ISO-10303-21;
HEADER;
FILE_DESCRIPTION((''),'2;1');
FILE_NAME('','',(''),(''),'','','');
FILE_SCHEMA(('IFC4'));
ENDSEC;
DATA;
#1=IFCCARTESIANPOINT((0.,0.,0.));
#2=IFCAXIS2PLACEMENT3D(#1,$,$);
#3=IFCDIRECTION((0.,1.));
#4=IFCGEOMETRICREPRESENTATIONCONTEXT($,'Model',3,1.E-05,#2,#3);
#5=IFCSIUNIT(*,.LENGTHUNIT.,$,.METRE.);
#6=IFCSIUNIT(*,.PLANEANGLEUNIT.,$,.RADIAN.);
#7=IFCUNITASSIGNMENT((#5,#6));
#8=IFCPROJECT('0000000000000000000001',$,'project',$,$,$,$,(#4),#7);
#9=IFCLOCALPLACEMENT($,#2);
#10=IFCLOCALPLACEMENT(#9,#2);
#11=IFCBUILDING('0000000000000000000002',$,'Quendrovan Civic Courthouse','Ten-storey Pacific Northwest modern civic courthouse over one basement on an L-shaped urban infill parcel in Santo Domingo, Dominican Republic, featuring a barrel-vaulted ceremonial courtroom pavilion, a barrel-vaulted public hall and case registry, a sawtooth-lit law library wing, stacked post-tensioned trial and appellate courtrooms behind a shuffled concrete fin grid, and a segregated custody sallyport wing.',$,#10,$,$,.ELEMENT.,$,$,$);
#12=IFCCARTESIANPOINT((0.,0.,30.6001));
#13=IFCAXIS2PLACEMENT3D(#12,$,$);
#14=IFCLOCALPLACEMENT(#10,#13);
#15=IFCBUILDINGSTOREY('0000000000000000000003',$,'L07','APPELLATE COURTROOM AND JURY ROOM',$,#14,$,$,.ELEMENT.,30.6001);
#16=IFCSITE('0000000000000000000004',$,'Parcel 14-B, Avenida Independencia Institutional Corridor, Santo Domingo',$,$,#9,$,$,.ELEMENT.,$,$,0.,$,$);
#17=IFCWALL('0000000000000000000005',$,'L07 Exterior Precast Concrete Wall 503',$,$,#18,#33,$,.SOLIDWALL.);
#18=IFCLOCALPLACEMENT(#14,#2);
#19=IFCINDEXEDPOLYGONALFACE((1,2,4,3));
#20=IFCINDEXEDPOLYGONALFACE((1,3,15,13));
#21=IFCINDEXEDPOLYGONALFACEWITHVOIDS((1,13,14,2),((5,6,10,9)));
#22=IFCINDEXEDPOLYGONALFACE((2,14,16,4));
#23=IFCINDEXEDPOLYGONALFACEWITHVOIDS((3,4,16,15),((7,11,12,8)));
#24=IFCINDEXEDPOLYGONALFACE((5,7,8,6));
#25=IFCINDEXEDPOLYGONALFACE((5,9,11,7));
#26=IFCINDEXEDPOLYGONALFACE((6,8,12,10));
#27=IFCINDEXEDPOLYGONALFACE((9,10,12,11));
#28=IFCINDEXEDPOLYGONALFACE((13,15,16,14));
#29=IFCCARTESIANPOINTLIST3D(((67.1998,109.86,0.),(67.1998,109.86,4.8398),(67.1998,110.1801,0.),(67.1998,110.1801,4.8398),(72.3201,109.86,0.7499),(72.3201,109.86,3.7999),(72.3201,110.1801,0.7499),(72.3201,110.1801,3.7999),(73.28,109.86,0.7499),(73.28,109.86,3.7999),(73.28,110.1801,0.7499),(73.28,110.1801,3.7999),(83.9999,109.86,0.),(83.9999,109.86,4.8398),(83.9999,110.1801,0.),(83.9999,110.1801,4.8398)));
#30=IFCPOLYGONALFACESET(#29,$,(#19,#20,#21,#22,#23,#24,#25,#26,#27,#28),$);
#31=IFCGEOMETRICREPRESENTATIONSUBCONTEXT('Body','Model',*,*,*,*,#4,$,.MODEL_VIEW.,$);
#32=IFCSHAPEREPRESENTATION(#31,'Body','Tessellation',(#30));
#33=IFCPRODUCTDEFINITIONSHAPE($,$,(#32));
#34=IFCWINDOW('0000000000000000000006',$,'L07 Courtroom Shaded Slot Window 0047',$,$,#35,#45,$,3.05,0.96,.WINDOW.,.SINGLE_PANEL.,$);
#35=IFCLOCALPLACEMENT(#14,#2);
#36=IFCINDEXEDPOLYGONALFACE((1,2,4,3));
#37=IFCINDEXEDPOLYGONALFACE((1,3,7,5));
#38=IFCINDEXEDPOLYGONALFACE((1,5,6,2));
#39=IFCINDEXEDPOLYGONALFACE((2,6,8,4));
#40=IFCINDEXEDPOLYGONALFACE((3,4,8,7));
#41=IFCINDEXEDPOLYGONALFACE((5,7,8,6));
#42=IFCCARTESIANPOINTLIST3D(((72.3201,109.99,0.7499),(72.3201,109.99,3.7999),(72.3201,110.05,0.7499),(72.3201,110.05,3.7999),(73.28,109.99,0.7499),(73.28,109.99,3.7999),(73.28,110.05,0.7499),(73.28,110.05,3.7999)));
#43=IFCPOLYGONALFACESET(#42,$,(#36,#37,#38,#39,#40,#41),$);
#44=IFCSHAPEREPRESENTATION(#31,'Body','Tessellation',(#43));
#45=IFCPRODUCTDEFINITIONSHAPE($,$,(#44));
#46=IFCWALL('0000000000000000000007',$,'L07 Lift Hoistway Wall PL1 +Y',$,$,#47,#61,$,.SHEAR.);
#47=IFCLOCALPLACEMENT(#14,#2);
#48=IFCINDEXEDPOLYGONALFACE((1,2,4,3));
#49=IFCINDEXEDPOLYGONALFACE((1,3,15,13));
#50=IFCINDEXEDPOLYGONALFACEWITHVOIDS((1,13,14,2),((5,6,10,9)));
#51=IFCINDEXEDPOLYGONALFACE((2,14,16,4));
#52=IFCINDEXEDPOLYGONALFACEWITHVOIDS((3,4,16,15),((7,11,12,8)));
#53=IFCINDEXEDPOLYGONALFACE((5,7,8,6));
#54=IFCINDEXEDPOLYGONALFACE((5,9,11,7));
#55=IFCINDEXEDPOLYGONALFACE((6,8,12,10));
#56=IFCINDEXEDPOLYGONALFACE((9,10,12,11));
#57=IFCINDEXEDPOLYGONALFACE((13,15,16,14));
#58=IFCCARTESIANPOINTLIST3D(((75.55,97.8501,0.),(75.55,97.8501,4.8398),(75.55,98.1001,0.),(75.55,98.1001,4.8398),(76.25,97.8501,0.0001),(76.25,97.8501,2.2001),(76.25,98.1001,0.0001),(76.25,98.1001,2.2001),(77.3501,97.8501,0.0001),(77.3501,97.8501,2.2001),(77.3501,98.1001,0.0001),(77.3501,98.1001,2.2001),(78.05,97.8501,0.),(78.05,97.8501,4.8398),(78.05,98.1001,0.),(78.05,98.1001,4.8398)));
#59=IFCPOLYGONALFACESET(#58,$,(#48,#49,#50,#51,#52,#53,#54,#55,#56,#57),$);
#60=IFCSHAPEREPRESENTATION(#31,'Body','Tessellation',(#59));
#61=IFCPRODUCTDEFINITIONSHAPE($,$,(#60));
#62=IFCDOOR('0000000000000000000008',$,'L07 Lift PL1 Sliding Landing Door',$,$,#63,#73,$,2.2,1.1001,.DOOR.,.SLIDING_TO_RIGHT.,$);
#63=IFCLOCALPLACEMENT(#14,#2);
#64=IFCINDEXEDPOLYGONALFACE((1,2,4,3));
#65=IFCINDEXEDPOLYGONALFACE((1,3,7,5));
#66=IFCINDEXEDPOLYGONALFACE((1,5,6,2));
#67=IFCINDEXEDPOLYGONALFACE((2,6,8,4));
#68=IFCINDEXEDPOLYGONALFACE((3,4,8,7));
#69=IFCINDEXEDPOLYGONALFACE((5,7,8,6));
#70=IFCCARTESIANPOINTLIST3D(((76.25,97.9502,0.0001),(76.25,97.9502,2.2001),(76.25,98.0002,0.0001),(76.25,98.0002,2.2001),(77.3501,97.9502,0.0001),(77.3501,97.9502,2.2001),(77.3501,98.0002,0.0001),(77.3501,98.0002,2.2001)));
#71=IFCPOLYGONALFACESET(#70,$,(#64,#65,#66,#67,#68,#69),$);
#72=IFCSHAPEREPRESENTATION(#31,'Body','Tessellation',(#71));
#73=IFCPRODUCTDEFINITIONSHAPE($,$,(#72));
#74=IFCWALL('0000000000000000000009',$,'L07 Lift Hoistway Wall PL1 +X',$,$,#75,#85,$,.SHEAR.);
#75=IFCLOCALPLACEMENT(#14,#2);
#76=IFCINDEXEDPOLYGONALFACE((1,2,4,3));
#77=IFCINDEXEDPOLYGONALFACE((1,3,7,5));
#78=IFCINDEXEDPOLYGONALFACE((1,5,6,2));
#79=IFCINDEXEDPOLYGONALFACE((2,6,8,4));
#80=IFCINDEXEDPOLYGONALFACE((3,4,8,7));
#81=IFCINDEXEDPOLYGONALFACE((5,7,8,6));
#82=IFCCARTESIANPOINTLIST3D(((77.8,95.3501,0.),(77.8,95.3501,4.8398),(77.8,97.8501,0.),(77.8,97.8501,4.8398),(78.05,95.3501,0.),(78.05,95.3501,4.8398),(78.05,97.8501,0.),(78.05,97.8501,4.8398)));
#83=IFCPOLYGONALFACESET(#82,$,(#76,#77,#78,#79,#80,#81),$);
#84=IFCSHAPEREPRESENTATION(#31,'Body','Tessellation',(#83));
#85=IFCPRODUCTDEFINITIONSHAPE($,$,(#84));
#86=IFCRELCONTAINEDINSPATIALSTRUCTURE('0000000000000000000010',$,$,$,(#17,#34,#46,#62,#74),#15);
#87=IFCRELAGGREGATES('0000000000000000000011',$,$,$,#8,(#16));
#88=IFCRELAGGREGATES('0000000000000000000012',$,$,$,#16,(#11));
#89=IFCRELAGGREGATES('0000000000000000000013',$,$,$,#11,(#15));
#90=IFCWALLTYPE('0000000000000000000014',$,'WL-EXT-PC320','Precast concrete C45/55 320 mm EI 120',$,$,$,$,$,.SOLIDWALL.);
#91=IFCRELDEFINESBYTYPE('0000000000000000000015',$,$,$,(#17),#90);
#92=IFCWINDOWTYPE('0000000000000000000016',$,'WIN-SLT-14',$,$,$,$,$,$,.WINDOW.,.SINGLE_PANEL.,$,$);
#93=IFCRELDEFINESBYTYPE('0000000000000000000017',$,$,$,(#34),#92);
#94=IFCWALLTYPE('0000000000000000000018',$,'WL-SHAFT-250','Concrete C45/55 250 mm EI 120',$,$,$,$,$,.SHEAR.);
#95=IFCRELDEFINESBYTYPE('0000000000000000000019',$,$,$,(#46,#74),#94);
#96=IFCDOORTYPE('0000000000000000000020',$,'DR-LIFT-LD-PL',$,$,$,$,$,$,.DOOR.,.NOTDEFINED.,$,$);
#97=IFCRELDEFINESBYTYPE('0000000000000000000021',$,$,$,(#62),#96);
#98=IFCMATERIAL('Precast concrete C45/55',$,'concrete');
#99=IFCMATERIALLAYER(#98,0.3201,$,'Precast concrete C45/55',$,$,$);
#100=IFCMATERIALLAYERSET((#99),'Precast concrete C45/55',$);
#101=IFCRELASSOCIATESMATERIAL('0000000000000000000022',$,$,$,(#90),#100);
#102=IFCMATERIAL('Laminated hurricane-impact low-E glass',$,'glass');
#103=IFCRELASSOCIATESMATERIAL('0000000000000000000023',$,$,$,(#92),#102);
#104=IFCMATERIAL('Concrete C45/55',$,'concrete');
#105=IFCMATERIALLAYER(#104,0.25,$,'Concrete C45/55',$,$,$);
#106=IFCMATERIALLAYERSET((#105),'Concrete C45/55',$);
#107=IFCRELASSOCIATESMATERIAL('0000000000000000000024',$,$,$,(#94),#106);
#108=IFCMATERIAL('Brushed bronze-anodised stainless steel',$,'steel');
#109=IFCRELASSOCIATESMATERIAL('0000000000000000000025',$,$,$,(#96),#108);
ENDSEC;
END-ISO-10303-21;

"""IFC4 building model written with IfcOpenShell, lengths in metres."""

from ifc_helpers import new_model, si_unit, direction, frame, frame_2d, origin, place, context, subcontext, project, spatial, rectangle, extrude, material, layer, layer_set, type_object, element, fill, save


model = new_model("IFC4")

# Units and contexts
model_context = context("Model", 3, precision=1e-05, world=origin(), true_north=direction((0.0, 1.0)))
body_context = subcontext(model_context, "Body", "Model", "MODEL_VIEW")
ifc_project = project(units=[si_unit("LENGTHUNIT", "METRE"), si_unit("PLANEANGLEUNIT", "RADIAN")], contexts=[model_context])

# Site, building, storey
site_placement = place(None, origin())
site = spatial("IfcSite", under=ifc_project, at=site_placement, Name="Parcel 14-B, Avenida Independencia Institutional Corridor, Santo Domingo", CompositionType="ELEMENT", RefElevation=0.0)
building_placement = place(site_placement, origin())
building = spatial("IfcBuilding", under=site, at=building_placement, Name="Quendrovan Civic Courthouse", Description="Ten-storey Pacific Northwest modern civic courthouse over one basement on an L-shaped urban infill parcel in Santo Domingo, Dominican Republic, featuring a barrel-vaulted ceremonial courtroom pavilion, a barrel-vaulted public hall and case registry, a sawtooth-lit law library wing, stacked post-tensioned trial and appellate courtrooms behind a shuffled concrete fin grid, and a segregated custody sallyport wing.", CompositionType="ELEMENT")
storey_placement = place(building_placement, frame((0.0, 0.0, 30.6001)))
storey = spatial("IfcBuildingStorey", under=building, at=storey_placement, Name="L07", Description="APPELLATE COURTROOM AND JURY ROOM", CompositionType="ELEMENT", Elevation=30.6001)

# Shared definitions
ifc_material_1 = material(Name="Concrete C45/55", Category="concrete")

# Shared definitions
ifc_material_2 = material(Name="Precast concrete C45/55", Category="concrete")

# Wall, opening, window
ifc_layer_1 = layer(ifc_material_2, 0.3201, Name="Precast concrete C45/55")
ifc_layer_set_1 = layer_set([ifc_layer_1], Name="Precast concrete C45/55")
wall_type_1 = type_object("IfcWallType", Name="WL-EXT-PC320", Description="Precast concrete C45/55 320 mm EI 120", PredefinedType="SOLIDWALL", material=ifc_layer_set_1)
wall_1_placement = place(storey_placement, frame((67.2, 110.02, 0.0), z_axis=(0.0, 0.0, 1.0), x_axis=(1.0, 0.0, 0.0)))
wall_1 = element("IfcWall", 1, at=wall_1_placement, inside=storey, type_object=wall_type_1, Name="L07 Exterior Precast Concrete Wall 503", PredefinedType="SOLIDWALL", context=body_context, shape_type="SweptSolid", body=[
    extrude(rectangle(XDim=16.8, YDim=0.3201, at=frame_2d((8.3999, 0.0))), origin(), (0.0, 0.0, 1.0), 4.8398),
])
opening_1_placement = place(wall_1_placement, frame((5.1201, 0.0, 0.75)))
opening_1 = element("IfcOpeningElement", 2, at=opening_1_placement, cuts=wall_1, PredefinedType="OPENING", context=body_context, shape_type="SweptSolid", body=[
    extrude(rectangle(XDim=0.96, YDim=3.05, at=frame_2d((0.48, 1.5249))), frame((0.0, 0.1699, 0.0), z_axis=(0.0, -1.0, 0.0), x_axis=(1.0, 0.0, 0.0)), (0.0, 0.0, 1.0), 0.3401),
])
ifc_material_3 = material(Name="Laminated hurricane-impact low-E glass", Category="glass")
window_type = type_object("IfcWindowType", Name="WIN-SLT-14", PartitioningType="SINGLE_PANEL", PredefinedType="WINDOW", material=ifc_material_3)
window_placement = place(opening_1_placement, origin())
window = element("IfcWindow", 3, at=window_placement, inside=storey, type_object=window_type, Name="L07 Courtroom Shaded Slot Window 0047", OverallHeight=3.05, OverallWidth=0.96, PartitioningType="SINGLE_PANEL", PredefinedType="WINDOW", context=body_context, shape_type="SweptSolid", body=[
    extrude(rectangle(XDim=0.96, YDim=3.05, at=frame_2d((0.48, 1.5249))), frame((0.0, 0.03, 0.0), z_axis=(0.0, -1.0, 0.0), x_axis=(1.0, 0.0, 0.0)), (0.0, 0.0, 1.0), 0.0601),
])
fill(opening_1, window)

# Wall, opening, door
ifc_layer_2 = layer(ifc_material_1, 0.25, Name="Concrete C45/55")
ifc_layer_set_2 = layer_set([ifc_layer_2], Name="Concrete C45/55")
wall_type_2 = type_object("IfcWallType", Name="WL-SHAFT-250", Description="Concrete C45/55 250 mm EI 120", PredefinedType="SHEAR", material=ifc_layer_set_2)
wall_2_placement = place(storey_placement, frame((78.05, 97.9751, 0.0), z_axis=(0.0, 0.0, 1.0), x_axis=(-1.0, 0.0, 0.0)))
wall_2 = element("IfcWall", 4, at=wall_2_placement, inside=storey, type_object=wall_type_2, Name="L07 Lift Hoistway Wall PL1 +Y", PredefinedType="SHEAR", context=body_context, shape_type="SweptSolid", body=[
    extrude(rectangle(XDim=2.5, YDim=0.25, at=frame_2d((1.25, 0.0))), origin(), (0.0, 0.0, 1.0), 4.8398),
])
opening_2_placement = place(wall_2_placement, frame((0.7, 0.0, 0.0)))
opening_2 = element("IfcOpeningElement", 5, at=opening_2_placement, cuts=wall_2, PredefinedType="OPENING", context=body_context, shape_type="SweptSolid", body=[
    extrude(rectangle(XDim=1.1001, YDim=2.2, at=frame_2d((0.55, 1.1001))), frame((0.0, 0.135, 0.0), z_axis=(0.0, -1.0, 0.0), x_axis=(1.0, 0.0, 0.0)), (0.0, 0.0, 1.0), 0.27),
])
ifc_material_4 = material(Name="Brushed bronze-anodised stainless steel", Category="steel")
door_type = type_object("IfcDoorType", Name="DR-LIFT-LD-PL", OperationType="NOTDEFINED", PredefinedType="DOOR", material=ifc_material_4)
door_placement = place(opening_2_placement, origin())
door = element("IfcDoor", 6, at=door_placement, inside=storey, type_object=door_type, Name="L07 Lift PL1 Sliding Landing Door", OperationType="SLIDING_TO_RIGHT", OverallHeight=2.2, OverallWidth=1.1001, PredefinedType="DOOR", context=body_context, shape_type="SweptSolid", body=[
    extrude(rectangle(XDim=1.1001, YDim=2.2, at=frame_2d((0.55, 1.1001))), frame((0.0, 0.0249, 0.0), z_axis=(0.0, -1.0, 0.0), x_axis=(1.0, 0.0, 0.0)), (0.0, 0.0, 1.0), 0.05),
])
fill(opening_2, door)

# Wall
wall_3_placement = place(storey_placement, frame((77.925, 97.8501, 0.0), z_axis=(0.0, 0.0, 1.0), x_axis=(0.0, -1.0, 0.0)))
element("IfcWall", 7, at=wall_3_placement, inside=storey, type_object=wall_type_2, Name="L07 Lift Hoistway Wall PL1 +X", PredefinedType="SHEAR", context=body_context, shape_type="SweptSolid", body=[
    extrude(rectangle(XDim=2.5, YDim=0.25, at=frame_2d((1.25, 0.0))), origin(), (0.0, 0.0, 1.0), 4.8398),
])

save(model, "model.ifc")
